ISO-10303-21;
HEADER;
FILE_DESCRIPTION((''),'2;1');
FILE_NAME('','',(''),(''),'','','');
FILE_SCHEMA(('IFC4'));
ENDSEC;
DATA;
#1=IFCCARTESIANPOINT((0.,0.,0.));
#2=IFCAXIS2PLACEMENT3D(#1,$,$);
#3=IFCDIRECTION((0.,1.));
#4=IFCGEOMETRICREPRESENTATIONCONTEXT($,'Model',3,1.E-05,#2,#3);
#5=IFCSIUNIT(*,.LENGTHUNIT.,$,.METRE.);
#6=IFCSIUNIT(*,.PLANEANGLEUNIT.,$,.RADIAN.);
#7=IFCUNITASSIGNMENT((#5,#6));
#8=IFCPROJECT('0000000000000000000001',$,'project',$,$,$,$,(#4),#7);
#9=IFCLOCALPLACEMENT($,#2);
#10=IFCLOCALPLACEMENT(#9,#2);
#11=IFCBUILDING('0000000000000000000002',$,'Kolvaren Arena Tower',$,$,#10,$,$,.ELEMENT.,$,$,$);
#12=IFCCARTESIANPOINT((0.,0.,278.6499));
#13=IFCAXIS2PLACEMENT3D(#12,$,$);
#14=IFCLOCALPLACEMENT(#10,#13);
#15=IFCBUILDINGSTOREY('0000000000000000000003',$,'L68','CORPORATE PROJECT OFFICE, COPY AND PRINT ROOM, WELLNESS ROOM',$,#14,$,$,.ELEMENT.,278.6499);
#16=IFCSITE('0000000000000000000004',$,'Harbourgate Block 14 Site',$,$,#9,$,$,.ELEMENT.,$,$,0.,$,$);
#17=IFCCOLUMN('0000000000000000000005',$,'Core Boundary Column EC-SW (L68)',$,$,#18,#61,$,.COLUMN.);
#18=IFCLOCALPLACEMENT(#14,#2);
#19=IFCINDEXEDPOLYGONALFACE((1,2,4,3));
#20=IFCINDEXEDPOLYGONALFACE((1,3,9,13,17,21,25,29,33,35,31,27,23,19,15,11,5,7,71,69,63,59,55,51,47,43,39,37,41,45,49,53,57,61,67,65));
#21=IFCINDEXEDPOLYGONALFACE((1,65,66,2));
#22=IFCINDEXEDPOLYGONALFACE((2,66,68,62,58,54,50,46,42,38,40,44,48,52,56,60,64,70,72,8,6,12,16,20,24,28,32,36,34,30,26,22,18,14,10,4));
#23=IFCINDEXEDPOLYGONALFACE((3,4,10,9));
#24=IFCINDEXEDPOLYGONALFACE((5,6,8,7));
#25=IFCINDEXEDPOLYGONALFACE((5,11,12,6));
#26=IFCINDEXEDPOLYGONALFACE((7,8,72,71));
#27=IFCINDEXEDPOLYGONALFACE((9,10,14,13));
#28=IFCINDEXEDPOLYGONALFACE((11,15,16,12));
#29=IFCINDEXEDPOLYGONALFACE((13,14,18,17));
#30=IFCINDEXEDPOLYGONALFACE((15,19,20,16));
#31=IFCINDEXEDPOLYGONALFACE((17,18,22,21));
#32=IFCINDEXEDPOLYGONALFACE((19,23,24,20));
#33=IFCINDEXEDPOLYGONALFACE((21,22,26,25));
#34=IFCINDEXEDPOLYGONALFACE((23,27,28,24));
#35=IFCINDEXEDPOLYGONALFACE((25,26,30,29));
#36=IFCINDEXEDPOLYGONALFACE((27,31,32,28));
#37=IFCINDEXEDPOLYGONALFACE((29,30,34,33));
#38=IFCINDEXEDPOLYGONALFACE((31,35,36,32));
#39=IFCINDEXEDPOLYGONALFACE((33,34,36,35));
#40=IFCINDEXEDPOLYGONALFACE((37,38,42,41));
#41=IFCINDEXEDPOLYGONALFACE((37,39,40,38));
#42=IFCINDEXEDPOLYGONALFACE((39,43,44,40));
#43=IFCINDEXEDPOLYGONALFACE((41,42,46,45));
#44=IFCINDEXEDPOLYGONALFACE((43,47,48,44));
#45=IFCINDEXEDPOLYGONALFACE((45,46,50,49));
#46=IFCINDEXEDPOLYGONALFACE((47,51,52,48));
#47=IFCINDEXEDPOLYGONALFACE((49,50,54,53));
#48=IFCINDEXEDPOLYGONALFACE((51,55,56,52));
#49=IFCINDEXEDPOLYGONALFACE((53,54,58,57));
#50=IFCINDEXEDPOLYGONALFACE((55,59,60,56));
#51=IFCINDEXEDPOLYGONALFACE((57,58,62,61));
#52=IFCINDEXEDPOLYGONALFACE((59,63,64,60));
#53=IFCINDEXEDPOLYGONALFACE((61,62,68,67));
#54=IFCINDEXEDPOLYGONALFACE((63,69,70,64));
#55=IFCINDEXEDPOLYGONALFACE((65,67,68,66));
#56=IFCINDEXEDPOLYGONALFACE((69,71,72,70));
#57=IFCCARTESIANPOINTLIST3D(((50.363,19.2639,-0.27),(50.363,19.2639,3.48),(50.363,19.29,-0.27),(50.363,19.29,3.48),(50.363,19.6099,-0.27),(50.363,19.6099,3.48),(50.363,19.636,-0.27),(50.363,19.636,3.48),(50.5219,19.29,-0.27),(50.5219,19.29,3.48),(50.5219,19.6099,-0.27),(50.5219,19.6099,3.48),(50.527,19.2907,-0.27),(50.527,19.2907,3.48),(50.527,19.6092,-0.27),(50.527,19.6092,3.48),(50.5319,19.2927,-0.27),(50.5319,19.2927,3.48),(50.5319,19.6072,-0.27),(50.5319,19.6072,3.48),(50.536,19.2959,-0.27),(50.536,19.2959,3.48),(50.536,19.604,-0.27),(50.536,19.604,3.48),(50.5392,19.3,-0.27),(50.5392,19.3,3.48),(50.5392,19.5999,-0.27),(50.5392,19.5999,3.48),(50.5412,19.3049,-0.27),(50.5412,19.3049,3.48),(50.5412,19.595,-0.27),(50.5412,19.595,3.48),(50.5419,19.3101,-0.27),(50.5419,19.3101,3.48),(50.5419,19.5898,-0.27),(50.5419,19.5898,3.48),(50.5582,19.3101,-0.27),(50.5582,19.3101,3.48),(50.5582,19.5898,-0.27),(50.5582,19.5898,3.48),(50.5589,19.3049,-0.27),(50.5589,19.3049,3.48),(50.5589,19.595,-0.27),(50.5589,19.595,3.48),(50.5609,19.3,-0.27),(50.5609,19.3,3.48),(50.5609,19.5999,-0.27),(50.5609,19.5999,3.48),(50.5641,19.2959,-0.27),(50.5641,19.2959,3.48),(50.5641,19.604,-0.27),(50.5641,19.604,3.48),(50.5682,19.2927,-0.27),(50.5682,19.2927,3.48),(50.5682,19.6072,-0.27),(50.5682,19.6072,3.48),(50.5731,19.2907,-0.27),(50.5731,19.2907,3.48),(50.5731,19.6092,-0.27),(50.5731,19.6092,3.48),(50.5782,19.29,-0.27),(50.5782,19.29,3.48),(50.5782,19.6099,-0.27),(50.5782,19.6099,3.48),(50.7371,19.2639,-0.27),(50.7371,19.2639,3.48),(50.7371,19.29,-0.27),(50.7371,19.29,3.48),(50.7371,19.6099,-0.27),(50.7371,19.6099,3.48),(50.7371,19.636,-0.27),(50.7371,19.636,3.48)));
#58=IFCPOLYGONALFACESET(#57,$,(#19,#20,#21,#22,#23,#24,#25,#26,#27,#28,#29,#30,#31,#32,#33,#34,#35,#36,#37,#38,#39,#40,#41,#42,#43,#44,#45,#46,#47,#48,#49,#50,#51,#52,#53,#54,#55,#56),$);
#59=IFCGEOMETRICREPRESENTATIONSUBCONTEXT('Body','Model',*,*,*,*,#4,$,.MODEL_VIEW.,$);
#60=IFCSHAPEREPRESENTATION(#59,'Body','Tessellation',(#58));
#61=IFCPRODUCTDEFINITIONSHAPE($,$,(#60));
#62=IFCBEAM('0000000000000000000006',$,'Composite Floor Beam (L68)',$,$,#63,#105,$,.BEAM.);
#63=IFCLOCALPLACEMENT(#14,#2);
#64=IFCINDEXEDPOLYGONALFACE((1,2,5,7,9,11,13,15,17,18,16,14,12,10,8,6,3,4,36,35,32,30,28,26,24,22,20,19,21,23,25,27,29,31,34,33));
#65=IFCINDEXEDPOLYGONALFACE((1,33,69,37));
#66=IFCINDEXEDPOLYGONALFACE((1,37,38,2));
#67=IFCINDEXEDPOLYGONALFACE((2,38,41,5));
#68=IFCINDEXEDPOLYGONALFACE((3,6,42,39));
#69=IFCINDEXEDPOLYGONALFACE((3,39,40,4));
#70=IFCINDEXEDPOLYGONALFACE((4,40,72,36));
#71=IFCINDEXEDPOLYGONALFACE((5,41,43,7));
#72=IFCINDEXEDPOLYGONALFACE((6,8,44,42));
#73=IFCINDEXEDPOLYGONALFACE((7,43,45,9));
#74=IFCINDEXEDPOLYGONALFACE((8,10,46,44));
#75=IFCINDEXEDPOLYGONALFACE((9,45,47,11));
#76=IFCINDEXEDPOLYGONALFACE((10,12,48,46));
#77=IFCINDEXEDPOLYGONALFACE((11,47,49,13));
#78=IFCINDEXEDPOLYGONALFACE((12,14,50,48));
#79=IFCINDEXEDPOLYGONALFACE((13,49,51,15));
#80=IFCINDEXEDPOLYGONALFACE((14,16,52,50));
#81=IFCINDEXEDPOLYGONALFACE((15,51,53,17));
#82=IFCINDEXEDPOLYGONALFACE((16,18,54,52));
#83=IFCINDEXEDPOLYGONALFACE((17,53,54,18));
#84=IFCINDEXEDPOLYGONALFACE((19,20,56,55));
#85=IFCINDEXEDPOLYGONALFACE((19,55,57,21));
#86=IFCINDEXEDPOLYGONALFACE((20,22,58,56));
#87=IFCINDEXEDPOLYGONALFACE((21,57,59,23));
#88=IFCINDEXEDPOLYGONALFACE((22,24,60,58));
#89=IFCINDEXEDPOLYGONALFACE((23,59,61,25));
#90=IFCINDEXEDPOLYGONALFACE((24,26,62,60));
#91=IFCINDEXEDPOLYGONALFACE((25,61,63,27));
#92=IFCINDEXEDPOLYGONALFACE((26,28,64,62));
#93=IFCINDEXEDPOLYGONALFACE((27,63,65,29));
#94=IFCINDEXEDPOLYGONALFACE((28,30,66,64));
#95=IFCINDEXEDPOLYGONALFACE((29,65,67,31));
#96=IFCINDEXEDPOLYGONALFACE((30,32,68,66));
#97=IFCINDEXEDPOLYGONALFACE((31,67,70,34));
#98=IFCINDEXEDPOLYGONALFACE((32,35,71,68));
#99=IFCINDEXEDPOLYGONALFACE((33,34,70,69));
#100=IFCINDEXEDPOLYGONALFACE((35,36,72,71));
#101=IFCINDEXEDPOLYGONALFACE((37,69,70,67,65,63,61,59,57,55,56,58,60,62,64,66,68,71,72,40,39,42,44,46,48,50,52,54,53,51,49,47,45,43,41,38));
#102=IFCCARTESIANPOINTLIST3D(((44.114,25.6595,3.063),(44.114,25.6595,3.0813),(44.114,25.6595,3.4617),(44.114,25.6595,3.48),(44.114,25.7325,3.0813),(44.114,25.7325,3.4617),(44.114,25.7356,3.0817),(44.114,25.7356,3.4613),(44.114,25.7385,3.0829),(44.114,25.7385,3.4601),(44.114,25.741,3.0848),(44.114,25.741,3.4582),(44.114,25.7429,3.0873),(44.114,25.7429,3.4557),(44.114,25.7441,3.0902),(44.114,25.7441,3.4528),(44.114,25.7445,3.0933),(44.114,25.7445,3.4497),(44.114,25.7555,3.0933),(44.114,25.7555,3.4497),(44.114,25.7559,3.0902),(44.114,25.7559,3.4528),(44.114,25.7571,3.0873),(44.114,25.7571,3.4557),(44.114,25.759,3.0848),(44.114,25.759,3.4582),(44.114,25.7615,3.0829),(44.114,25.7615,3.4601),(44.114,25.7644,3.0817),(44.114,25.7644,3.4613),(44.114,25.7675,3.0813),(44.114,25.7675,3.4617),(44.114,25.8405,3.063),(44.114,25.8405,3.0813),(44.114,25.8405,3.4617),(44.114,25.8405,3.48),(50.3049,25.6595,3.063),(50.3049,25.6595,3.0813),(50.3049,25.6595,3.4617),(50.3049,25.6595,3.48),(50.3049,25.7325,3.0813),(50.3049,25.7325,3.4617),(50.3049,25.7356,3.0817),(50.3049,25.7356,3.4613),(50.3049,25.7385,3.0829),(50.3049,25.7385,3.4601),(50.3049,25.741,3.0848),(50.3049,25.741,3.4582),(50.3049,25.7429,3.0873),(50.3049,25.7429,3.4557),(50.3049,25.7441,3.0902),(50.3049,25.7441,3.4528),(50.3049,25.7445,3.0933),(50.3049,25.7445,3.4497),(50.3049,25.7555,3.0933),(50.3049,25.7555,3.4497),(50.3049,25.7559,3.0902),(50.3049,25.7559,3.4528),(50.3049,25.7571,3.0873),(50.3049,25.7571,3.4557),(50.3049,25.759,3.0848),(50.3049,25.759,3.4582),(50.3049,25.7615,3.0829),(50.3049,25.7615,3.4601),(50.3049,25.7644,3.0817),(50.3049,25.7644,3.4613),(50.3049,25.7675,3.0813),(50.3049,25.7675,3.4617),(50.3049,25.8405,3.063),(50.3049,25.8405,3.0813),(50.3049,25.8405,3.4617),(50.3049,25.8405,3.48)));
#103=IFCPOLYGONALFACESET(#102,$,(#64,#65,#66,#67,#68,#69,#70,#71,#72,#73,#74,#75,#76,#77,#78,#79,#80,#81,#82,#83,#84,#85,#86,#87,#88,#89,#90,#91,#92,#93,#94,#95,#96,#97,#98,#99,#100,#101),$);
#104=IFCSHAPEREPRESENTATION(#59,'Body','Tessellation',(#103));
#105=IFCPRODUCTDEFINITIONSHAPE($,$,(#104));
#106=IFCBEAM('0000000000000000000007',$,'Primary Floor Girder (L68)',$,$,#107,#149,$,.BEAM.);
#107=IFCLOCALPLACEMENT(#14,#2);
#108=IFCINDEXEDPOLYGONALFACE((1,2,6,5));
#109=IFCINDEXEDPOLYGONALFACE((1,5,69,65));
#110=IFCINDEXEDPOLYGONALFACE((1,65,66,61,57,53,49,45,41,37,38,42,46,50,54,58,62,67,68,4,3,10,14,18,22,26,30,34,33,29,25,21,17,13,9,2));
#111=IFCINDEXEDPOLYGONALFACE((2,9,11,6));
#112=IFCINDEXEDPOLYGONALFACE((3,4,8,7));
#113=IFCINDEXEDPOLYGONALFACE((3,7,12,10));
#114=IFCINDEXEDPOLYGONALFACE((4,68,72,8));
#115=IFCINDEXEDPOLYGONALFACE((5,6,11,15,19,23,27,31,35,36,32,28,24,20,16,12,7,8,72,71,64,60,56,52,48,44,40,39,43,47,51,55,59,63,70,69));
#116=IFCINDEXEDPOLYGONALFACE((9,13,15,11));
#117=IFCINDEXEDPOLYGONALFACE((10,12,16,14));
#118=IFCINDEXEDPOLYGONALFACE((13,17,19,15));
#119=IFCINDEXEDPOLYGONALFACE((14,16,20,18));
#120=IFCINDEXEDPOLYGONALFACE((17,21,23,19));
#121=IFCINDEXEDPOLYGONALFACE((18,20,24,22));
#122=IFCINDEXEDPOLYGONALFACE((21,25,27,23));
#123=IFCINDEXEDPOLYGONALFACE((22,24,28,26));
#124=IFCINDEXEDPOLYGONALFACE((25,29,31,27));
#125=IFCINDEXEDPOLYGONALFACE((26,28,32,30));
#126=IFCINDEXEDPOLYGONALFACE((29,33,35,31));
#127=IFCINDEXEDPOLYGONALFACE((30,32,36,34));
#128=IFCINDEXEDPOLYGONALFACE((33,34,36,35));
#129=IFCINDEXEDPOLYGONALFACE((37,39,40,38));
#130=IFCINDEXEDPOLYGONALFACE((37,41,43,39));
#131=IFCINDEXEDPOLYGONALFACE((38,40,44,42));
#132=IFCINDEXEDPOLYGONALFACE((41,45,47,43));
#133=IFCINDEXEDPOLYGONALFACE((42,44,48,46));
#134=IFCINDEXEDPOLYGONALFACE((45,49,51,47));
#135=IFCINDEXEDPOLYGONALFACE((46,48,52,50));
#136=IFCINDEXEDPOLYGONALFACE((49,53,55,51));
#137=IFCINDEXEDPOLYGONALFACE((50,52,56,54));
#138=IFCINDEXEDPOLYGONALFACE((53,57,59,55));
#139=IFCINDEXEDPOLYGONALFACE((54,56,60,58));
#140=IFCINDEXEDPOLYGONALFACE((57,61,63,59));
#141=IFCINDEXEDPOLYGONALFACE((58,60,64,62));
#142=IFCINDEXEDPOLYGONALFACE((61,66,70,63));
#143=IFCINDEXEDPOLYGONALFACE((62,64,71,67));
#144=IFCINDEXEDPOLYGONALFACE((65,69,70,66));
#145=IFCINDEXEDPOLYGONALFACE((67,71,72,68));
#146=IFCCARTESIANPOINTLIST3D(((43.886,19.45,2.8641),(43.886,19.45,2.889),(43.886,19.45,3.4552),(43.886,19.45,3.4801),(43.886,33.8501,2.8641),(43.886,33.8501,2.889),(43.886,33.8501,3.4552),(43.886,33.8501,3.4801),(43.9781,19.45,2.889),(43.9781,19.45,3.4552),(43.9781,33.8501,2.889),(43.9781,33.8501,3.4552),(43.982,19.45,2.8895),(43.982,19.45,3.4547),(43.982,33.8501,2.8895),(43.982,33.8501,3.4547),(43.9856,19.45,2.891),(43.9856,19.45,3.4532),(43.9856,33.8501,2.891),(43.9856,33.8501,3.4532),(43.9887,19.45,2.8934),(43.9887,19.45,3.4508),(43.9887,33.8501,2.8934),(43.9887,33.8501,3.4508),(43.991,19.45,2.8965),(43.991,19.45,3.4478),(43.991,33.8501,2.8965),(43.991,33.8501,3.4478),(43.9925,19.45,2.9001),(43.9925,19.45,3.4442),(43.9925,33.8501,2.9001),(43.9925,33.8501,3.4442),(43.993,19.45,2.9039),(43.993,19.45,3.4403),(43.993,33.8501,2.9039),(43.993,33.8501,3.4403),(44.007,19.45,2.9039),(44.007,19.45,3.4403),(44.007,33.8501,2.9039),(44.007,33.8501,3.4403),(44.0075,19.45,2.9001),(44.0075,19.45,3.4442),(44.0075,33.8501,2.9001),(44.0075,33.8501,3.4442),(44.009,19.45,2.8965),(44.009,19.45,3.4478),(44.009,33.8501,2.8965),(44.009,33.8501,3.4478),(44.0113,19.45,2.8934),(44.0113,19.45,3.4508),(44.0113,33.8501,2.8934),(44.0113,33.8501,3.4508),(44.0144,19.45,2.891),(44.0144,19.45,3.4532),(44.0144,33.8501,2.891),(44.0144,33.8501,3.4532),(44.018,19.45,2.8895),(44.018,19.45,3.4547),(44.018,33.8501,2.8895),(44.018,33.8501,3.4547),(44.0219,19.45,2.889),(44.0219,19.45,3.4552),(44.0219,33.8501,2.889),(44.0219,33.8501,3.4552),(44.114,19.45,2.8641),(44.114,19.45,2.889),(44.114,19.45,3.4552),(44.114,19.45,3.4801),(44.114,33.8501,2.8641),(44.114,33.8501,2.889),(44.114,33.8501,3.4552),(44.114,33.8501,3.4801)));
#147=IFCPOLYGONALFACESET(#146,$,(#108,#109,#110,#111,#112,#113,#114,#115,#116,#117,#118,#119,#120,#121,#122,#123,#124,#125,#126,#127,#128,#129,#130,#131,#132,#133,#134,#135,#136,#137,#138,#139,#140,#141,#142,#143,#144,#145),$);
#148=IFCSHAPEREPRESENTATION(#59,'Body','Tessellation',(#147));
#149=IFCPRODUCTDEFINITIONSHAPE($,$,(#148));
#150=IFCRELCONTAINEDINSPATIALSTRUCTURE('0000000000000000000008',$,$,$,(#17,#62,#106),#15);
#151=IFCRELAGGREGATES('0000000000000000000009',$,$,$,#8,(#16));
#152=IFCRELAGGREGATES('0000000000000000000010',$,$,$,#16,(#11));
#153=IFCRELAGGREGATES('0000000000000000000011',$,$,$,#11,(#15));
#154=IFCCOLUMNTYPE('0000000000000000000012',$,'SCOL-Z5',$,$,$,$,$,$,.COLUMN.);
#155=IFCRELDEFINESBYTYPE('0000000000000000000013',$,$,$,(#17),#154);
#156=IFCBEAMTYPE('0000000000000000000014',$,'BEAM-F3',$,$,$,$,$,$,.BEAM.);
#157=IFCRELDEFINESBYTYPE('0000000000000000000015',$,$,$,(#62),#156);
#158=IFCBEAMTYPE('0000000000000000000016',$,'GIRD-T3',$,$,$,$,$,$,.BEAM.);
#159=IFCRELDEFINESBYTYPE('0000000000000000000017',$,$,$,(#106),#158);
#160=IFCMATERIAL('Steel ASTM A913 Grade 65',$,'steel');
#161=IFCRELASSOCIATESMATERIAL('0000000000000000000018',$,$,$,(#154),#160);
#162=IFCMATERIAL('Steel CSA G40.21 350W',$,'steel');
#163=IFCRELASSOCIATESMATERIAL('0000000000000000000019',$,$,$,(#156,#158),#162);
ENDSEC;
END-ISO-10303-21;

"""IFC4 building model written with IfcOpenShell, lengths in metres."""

from ifc_helpers import new_model, si_unit, direction, frame, origin, origin_2d, place, context, subcontext, project, spatial, i_section, extrude, material, material_profile, profile_set, type_object, element, save


model = new_model("IFC4")

# Units and contexts
model_context = context("Model", 3, precision=1e-05, world=origin(), true_north=direction((0.0, 1.0)))
body_context = subcontext(model_context, "Body", "Model", "MODEL_VIEW")
ifc_project = project(units=[si_unit("LENGTHUNIT", "METRE"), si_unit("PLANEANGLEUNIT", "RADIAN")], contexts=[model_context])

# Site, building, storey
site_placement = place(None, origin())
site = spatial("IfcSite", under=ifc_project, at=site_placement, Name="Harbourgate Block 14 Site", CompositionType="ELEMENT", RefElevation=0.0)
building_placement = place(site_placement, origin())
building = spatial("IfcBuilding", under=site, at=building_placement, Name="Kolvaren Arena Tower", CompositionType="ELEMENT")
storey_placement = place(building_placement, frame((0.0, 0.0, 278.6499)))
storey = spatial("IfcBuildingStorey", under=building, at=storey_placement, Name="L68", Description="CORPORATE PROJECT OFFICE, COPY AND PRINT ROOM, WELLNESS ROOM", CompositionType="ELEMENT", Elevation=278.6499)

# Column
ifc_material_1 = material(Name="Steel ASTM A913 Grade 65", Category="steel")
ifc_material_profile_1 = material_profile(ifc_material_1, i_section(OverallWidth=0.374, OverallDepth=0.3721, WebThickness=0.0164, FlangeThickness=0.0261, FilletRadius=0.02, at=origin_2d()), Name="W360x196")
ifc_profile_set_1 = profile_set([ifc_material_profile_1], Name="Steel ASTM A913 Grade 65")
column_type = type_object("IfcColumnType", Name="SCOL-Z5", PredefinedType="COLUMN", material=ifc_profile_set_1)
column_placement = place(storey_placement, frame((50.55, 19.45, -0.27), z_axis=(0.0, 0.0, 1.0), x_axis=(1.0, 0.0, 0.0)))
element("IfcColumn", 1, at=column_placement, inside=storey, type_object=column_type, Name="Core Boundary Column EC-SW (L68)", PredefinedType="COLUMN", context=body_context, shape_type="SweptSolid", body=[
    extrude(i_section(OverallWidth=0.374, OverallDepth=0.3721, WebThickness=0.0164, FlangeThickness=0.0261, FilletRadius=0.02, at=origin_2d()), origin(), (0.0, 0.0, 1.0), 3.75),
])

# Beams
ifc_material_2 = material(Name="Steel CSA G40.21 350W", Category="steel")
ifc_material_profile_2 = material_profile(ifc_material_2, i_section(OverallWidth=0.1809, OverallDepth=0.417, WebThickness=0.011, FlangeThickness=0.0183, FilletRadius=0.012, at=origin_2d()), Name="W410x85")
ifc_profile_set_2 = profile_set([ifc_material_profile_2], Name="Steel CSA G40.21 350W")
beam_type_1 = type_object("IfcBeamType", Name="BEAM-F3", PredefinedType="BEAM", material=ifc_profile_set_2)
beam_1_placement = place(storey_placement, frame((44.114, 25.75, 3.2715), z_axis=(1.0, 0.0, 0.0), x_axis=(0.0, 1.0, 0.0)))
element("IfcBeam", 2, at=beam_1_placement, inside=storey, type_object=beam_type_1, Name="Composite Floor Beam (L68)", PredefinedType="BEAM", context=body_context, shape_type="SweptSolid", body=[
    extrude(i_section(OverallWidth=0.1809, OverallDepth=0.417, WebThickness=0.011, FlangeThickness=0.0183, FilletRadius=0.012, at=origin_2d()), origin(), (0.0, 0.0, 1.0), 6.1909),
])
ifc_material_profile_3 = material_profile(ifc_material_2, i_section(OverallWidth=0.228, OverallDepth=0.616, WebThickness=0.0139, FlangeThickness=0.0249, FilletRadius=0.0149, at=origin_2d()), Name="W610x174")
ifc_profile_set_3 = profile_set([ifc_material_profile_3], Name="Steel CSA G40.21 350W")
beam_type_2 = type_object("IfcBeamType", Name="GIRD-T3", PredefinedType="BEAM", material=ifc_profile_set_3)
beam_2_placement = place(storey_placement, frame((44.0, 19.45, 3.1721), z_axis=(0.0, 1.0, 0.0), x_axis=(-1.0, 0.0, 0.0)))
element("IfcBeam", 3, at=beam_2_placement, inside=storey, type_object=beam_type_2, Name="Primary Floor Girder (L68)", PredefinedType="BEAM", context=body_context, shape_type="SweptSolid", body=[
    extrude(i_section(OverallWidth=0.228, OverallDepth=0.616, WebThickness=0.0139, FlangeThickness=0.0249, FilletRadius=0.0149, at=origin_2d()), origin(), (0.0, 0.0, 1.0), 14.4001),
])

save(model, "model.ifc")
